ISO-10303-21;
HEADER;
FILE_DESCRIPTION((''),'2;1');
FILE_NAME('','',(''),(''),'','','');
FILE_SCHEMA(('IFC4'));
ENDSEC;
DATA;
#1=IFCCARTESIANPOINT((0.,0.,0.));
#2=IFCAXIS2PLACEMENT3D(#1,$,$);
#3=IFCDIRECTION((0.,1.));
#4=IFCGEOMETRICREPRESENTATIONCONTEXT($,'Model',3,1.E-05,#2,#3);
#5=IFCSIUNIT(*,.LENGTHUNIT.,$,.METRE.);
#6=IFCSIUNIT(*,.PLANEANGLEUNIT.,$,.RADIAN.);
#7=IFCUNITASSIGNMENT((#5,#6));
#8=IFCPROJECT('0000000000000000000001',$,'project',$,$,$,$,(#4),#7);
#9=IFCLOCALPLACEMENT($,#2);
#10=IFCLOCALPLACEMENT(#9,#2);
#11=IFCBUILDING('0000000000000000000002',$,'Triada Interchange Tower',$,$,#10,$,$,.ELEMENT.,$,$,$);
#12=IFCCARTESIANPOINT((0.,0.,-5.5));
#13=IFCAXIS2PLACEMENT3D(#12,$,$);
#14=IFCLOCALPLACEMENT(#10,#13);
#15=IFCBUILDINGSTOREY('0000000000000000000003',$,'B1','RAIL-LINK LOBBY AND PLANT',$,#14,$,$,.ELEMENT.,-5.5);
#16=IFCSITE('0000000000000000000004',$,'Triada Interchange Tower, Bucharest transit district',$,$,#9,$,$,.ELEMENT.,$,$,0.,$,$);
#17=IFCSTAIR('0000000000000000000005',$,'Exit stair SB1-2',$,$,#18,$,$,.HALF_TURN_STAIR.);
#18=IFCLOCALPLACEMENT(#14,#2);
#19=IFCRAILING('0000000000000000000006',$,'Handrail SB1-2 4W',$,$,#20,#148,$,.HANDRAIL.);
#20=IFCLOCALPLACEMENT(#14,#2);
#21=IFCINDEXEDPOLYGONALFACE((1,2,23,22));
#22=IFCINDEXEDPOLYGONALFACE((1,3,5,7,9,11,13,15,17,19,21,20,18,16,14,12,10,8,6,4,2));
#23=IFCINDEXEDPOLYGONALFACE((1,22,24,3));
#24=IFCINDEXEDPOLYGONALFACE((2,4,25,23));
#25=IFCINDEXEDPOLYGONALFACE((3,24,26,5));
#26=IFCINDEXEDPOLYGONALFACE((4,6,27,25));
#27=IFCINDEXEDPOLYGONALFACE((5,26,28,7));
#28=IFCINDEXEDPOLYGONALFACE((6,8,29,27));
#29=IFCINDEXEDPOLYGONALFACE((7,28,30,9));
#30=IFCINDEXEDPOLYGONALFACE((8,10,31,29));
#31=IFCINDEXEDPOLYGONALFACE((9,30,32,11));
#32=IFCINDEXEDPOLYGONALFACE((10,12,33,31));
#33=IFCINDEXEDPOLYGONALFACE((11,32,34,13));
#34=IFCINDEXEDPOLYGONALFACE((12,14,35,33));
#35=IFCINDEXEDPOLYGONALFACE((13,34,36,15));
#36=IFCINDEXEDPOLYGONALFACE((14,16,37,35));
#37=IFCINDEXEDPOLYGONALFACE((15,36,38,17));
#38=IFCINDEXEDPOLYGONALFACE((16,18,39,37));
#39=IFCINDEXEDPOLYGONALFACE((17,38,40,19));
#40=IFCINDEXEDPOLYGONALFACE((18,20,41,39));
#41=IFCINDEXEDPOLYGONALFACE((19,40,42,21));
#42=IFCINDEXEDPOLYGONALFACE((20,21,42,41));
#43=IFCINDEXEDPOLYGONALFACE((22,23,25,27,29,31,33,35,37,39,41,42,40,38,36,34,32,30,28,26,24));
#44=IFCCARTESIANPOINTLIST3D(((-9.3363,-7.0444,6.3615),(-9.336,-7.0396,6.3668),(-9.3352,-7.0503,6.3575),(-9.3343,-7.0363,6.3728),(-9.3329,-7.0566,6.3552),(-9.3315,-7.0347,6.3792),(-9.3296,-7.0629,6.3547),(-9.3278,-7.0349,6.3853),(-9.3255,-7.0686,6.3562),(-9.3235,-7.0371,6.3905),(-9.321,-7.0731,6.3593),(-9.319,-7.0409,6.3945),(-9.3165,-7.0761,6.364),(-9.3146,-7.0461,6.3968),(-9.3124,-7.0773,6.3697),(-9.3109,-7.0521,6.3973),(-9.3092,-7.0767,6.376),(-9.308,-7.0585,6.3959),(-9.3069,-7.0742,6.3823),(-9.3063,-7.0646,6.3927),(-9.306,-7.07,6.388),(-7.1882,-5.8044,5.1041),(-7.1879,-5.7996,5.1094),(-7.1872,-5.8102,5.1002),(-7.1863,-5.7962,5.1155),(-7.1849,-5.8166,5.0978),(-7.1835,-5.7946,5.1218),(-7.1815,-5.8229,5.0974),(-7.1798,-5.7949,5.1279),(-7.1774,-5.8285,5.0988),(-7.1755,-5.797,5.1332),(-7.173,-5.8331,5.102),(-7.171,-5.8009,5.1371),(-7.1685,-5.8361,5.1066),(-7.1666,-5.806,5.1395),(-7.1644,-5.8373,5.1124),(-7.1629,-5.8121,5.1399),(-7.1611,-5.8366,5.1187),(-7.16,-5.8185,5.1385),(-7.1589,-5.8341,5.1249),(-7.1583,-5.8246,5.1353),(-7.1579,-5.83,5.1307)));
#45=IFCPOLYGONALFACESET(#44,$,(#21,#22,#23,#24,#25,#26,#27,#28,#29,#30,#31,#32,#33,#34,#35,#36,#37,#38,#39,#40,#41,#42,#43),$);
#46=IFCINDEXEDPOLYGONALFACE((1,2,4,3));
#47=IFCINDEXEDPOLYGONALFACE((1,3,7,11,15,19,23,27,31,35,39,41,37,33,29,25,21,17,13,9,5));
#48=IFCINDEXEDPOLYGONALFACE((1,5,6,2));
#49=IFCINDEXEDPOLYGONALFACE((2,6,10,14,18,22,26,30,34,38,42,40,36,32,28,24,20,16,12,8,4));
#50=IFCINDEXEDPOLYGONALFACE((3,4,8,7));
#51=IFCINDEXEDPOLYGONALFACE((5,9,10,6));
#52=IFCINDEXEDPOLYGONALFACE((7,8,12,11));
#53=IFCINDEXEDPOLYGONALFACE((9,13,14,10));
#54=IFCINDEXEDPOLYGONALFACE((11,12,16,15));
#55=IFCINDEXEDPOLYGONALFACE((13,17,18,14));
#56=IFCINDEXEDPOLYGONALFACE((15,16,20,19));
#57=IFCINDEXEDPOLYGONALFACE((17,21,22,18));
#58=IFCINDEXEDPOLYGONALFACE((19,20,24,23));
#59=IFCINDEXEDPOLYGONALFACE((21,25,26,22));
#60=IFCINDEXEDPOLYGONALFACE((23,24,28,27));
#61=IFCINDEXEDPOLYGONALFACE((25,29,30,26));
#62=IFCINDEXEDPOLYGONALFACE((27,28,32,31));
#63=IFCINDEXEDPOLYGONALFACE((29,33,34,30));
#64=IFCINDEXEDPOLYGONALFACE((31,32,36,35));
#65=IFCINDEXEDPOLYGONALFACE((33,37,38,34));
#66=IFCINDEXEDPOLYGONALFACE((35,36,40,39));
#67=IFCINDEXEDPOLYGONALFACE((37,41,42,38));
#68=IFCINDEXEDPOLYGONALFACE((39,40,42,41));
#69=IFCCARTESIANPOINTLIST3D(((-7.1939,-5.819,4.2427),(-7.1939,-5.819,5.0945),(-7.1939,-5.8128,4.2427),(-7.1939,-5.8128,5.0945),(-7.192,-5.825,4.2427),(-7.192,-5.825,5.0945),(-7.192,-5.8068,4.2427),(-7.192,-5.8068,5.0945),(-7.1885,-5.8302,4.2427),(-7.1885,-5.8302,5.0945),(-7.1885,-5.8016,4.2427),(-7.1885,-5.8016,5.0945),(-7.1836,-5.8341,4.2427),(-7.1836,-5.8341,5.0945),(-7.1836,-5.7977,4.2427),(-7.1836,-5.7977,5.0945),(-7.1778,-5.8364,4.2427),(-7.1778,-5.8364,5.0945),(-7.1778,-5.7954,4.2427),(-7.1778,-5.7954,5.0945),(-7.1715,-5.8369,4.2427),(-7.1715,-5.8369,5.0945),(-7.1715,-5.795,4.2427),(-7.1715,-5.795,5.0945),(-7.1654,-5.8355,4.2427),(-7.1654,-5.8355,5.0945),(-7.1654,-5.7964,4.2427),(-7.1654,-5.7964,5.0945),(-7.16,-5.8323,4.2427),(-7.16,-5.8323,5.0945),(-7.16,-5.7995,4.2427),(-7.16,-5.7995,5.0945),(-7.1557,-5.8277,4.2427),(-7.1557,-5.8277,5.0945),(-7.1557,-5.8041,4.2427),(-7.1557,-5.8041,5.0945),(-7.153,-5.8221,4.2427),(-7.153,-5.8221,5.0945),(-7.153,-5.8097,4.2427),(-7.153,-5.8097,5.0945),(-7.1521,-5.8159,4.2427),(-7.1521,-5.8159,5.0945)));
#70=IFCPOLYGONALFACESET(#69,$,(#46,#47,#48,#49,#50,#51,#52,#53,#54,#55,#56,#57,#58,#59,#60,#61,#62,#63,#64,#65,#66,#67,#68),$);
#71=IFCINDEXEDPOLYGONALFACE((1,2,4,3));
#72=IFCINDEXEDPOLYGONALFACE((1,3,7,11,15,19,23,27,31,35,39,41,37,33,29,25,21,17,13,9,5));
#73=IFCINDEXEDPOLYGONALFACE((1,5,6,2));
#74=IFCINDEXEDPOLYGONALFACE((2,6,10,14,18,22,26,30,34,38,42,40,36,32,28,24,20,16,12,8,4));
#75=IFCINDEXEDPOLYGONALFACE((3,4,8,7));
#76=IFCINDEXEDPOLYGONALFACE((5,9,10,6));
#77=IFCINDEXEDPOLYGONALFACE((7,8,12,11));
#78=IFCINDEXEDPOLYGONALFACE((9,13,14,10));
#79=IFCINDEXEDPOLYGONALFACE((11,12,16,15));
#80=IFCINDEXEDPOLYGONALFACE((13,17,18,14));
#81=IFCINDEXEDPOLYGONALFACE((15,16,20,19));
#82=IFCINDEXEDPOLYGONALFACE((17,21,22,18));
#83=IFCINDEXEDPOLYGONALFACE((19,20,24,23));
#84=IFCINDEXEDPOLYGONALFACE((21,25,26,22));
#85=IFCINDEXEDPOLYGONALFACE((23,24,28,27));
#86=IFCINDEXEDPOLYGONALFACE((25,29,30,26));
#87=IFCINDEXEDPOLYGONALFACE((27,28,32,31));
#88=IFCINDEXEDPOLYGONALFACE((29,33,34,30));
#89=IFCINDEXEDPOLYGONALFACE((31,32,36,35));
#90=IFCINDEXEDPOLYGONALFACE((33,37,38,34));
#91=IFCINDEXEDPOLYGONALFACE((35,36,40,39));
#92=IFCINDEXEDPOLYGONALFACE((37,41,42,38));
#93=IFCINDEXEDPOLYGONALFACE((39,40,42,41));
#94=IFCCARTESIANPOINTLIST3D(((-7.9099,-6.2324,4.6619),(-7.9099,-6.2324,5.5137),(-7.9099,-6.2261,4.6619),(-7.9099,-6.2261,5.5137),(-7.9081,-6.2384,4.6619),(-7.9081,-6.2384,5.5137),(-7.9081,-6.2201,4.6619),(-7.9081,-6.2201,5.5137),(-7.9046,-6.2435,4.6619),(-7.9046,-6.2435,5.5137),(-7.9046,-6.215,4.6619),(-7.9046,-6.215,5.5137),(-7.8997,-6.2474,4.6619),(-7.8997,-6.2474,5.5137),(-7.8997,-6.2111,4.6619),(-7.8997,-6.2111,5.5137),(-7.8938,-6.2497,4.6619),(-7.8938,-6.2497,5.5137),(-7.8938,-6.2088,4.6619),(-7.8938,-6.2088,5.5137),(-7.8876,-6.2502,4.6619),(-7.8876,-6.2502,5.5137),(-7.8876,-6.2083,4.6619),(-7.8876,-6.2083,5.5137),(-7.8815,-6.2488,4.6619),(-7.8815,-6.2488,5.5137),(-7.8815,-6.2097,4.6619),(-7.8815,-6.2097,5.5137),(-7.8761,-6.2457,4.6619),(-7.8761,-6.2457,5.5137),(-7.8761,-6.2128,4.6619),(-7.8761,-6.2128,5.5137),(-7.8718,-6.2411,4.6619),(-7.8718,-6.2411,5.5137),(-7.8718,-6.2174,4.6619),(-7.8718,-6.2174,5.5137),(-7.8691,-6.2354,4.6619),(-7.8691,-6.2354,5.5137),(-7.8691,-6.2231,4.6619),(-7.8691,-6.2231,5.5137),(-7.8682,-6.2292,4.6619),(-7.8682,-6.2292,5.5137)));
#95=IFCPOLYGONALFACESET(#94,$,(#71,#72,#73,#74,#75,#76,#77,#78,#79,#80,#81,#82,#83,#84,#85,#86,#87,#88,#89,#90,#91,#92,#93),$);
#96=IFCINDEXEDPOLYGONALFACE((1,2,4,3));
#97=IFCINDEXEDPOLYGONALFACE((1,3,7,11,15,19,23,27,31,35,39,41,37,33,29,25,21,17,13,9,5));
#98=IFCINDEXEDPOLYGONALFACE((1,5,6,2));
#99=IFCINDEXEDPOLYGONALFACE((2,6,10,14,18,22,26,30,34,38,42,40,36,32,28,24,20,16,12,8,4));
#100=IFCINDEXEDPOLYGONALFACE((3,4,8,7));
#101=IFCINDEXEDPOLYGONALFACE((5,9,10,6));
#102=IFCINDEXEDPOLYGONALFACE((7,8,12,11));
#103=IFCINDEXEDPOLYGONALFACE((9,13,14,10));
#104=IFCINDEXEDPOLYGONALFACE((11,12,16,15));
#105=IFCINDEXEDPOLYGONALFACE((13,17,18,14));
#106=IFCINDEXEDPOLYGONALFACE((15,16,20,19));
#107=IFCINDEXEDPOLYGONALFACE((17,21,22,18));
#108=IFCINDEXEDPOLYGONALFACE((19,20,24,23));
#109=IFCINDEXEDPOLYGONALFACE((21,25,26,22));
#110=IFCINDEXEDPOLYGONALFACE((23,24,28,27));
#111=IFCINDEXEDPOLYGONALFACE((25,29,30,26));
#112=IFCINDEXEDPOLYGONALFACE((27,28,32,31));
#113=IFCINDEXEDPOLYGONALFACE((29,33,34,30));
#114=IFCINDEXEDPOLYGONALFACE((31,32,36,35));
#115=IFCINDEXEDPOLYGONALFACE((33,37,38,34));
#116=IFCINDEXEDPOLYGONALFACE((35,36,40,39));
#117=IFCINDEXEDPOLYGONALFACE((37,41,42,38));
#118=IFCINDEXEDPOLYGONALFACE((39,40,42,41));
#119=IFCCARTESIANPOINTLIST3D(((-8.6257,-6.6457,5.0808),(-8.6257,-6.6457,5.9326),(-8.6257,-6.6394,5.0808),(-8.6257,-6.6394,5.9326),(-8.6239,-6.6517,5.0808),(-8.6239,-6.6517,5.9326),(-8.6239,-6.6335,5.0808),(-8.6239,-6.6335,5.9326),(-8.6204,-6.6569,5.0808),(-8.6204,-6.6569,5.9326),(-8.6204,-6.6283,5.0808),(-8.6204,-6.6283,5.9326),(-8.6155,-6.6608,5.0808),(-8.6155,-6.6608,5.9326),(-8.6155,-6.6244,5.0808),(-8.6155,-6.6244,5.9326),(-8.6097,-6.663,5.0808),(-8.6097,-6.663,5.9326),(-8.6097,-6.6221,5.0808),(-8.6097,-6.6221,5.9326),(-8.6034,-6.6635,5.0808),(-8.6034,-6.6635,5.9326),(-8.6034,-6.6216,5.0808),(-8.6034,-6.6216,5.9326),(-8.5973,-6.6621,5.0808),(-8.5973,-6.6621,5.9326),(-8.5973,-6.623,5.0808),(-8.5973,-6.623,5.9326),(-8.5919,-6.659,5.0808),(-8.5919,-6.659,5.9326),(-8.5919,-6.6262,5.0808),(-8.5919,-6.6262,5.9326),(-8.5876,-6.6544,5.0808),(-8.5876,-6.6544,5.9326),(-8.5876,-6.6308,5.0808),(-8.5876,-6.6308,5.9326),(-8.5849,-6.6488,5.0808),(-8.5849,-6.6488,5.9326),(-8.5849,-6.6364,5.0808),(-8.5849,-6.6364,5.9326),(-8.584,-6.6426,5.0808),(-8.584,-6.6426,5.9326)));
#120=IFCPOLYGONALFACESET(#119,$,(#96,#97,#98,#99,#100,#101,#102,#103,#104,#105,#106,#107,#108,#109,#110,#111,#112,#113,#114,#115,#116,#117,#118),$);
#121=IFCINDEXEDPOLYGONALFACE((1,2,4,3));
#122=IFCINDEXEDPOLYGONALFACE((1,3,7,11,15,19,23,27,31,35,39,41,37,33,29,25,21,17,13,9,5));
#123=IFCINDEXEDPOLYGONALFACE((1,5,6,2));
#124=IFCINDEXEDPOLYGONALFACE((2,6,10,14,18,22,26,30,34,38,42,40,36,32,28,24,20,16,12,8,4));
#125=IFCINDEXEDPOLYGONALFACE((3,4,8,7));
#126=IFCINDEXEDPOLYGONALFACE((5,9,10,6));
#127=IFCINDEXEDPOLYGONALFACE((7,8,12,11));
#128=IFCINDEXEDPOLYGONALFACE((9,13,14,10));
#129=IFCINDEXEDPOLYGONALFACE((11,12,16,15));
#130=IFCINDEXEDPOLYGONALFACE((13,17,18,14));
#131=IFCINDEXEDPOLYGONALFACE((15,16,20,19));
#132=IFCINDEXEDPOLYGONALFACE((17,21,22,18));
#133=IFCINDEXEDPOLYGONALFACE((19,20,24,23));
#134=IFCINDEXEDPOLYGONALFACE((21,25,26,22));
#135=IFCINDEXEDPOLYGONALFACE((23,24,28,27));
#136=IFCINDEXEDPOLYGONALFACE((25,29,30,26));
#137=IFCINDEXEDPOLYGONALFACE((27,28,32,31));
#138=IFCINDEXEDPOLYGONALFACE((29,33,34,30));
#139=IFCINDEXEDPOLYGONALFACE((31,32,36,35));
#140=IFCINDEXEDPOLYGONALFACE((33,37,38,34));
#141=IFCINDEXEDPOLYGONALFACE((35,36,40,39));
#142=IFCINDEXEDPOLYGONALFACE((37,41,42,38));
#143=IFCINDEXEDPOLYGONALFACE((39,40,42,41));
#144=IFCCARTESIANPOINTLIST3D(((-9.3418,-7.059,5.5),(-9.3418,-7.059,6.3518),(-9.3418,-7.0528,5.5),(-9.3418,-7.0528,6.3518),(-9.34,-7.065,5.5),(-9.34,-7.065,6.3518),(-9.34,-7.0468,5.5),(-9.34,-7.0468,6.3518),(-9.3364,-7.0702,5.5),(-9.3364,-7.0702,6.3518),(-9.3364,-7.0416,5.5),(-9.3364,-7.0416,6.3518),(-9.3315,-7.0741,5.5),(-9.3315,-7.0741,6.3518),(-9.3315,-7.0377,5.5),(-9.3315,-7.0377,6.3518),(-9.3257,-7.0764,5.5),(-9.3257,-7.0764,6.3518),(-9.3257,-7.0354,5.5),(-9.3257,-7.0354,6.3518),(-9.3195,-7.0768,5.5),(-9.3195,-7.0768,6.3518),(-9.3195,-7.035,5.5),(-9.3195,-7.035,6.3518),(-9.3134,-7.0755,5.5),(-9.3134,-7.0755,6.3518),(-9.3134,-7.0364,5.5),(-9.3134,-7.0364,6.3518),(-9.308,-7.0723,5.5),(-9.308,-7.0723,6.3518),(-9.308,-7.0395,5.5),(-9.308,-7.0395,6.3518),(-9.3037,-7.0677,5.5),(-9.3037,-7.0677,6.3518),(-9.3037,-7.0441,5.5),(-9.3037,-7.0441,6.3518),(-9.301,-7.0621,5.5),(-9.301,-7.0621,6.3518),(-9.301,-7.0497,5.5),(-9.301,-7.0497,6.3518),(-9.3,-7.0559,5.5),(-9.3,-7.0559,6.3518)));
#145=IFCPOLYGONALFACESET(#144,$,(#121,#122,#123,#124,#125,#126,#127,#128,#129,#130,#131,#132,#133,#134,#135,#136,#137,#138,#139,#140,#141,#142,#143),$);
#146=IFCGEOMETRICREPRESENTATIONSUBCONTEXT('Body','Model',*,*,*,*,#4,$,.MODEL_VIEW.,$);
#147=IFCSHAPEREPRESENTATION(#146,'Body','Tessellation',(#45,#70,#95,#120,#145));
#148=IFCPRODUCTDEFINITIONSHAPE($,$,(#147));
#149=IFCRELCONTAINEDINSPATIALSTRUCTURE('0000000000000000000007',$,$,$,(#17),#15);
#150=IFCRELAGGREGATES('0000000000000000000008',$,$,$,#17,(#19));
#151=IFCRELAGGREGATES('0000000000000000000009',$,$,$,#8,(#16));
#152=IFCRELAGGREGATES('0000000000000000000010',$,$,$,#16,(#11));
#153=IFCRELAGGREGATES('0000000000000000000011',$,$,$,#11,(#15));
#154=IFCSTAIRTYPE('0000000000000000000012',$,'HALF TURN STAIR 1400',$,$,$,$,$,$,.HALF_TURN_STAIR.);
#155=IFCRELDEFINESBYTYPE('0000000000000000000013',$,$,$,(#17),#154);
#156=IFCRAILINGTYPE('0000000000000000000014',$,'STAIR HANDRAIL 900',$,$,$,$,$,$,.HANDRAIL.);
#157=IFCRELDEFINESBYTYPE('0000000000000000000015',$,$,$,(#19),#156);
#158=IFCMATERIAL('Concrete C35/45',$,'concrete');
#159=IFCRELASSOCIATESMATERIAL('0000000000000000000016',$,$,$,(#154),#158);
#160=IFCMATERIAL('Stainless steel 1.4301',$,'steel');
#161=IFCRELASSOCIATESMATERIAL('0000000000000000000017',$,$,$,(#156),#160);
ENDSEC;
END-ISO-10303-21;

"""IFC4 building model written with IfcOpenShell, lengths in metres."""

from ifc_helpers import new_model, si_unit, direction, frame, origin, origin_2d, place, context, subcontext, project, spatial, circle, extrude, material, type_object, element, aggregate, save


model = new_model("IFC4")

# Units and contexts
model_context = context("Model", 3, precision=1e-05, world=origin(), true_north=direction((0.0, 1.0)))
body_context = subcontext(model_context, "Body", "Model", "MODEL_VIEW")
ifc_project = project(units=[si_unit("LENGTHUNIT", "METRE"), si_unit("PLANEANGLEUNIT", "RADIAN")], contexts=[model_context])

# Site, building, storey
site_placement = place(None, origin())
site = spatial("IfcSite", under=ifc_project, at=site_placement, Name="Triada Interchange Tower, Bucharest transit district", CompositionType="ELEMENT", RefElevation=0.0)
building_placement = place(site_placement, origin())
building = spatial("IfcBuilding", under=site, at=building_placement, Name="Triada Interchange Tower", CompositionType="ELEMENT")
storey_placement = place(building_placement, frame((0.0, 0.0, -5.5)))
storey = spatial("IfcBuildingStorey", under=building, at=storey_placement, Name="B1", Description="RAIL-LINK LOBBY AND PLANT", CompositionType="ELEMENT", Elevation=-5.5)

# Shared definitions
ifc_material_1 = material(Name="Concrete C35/45", Category="concrete")

# Stair, railing
stair_type = type_object("IfcStairType", Name="HALF TURN STAIR 1400", PredefinedType="HALF_TURN_STAIR", material=ifc_material_1)
stair_placement = place(storey_placement, origin())
stair = element("IfcStair", 1, at=stair_placement, inside=storey, type_object=stair_type, Name="Exit stair SB1-2", PredefinedType="HALF_TURN_STAIR")
ifc_material_2 = material(Name="Stainless steel 1.4301", Category="steel")
railing_type_1 = type_object("IfcRailingType", Name="STAIR HANDRAIL 900", PredefinedType="HANDRAIL", material=ifc_material_2)
railing_1_placement = place(storey_placement, frame((-7.1731, -5.8159, 4.2427)))
railing_1 = element("IfcRailing", 2, at=railing_1_placement, type_object=railing_type_1, Name="Handrail SB1-2 4W", PredefinedType="HANDRAIL", context=body_context, shape_type="SweptSolid", body=[
    extrude(circle(Radius=0.0239, at=origin_2d()), frame((0.0, 0.0, 0.876), z_axis=(-0.772457, -0.445932, 0.452166), x_axis=(0.499961, -0.866048, 0.0)), (0.0, 0.0, 1.0), 2.7808),
    extrude(circle(Radius=0.021, at=origin_2d()), origin(), (0.0, 0.0, 1.0), 0.8518),
    extrude(circle(Radius=0.021, at=origin_2d()), frame((-0.7161, -0.4133, 0.4192)), (0.0, 0.0, 1.0), 0.8518),
    extrude(circle(Radius=0.021, at=origin_2d()), frame((-1.4319, -0.8267, 0.8381)), (0.0, 0.0, 1.0), 0.8518),
    extrude(circle(Radius=0.021, at=origin_2d()), frame((-2.1479, -1.24, 1.2573)), (0.0, 0.0, 1.0), 0.8518),
])
aggregate(stair, [railing_1])

save(model, "model.ifc")
